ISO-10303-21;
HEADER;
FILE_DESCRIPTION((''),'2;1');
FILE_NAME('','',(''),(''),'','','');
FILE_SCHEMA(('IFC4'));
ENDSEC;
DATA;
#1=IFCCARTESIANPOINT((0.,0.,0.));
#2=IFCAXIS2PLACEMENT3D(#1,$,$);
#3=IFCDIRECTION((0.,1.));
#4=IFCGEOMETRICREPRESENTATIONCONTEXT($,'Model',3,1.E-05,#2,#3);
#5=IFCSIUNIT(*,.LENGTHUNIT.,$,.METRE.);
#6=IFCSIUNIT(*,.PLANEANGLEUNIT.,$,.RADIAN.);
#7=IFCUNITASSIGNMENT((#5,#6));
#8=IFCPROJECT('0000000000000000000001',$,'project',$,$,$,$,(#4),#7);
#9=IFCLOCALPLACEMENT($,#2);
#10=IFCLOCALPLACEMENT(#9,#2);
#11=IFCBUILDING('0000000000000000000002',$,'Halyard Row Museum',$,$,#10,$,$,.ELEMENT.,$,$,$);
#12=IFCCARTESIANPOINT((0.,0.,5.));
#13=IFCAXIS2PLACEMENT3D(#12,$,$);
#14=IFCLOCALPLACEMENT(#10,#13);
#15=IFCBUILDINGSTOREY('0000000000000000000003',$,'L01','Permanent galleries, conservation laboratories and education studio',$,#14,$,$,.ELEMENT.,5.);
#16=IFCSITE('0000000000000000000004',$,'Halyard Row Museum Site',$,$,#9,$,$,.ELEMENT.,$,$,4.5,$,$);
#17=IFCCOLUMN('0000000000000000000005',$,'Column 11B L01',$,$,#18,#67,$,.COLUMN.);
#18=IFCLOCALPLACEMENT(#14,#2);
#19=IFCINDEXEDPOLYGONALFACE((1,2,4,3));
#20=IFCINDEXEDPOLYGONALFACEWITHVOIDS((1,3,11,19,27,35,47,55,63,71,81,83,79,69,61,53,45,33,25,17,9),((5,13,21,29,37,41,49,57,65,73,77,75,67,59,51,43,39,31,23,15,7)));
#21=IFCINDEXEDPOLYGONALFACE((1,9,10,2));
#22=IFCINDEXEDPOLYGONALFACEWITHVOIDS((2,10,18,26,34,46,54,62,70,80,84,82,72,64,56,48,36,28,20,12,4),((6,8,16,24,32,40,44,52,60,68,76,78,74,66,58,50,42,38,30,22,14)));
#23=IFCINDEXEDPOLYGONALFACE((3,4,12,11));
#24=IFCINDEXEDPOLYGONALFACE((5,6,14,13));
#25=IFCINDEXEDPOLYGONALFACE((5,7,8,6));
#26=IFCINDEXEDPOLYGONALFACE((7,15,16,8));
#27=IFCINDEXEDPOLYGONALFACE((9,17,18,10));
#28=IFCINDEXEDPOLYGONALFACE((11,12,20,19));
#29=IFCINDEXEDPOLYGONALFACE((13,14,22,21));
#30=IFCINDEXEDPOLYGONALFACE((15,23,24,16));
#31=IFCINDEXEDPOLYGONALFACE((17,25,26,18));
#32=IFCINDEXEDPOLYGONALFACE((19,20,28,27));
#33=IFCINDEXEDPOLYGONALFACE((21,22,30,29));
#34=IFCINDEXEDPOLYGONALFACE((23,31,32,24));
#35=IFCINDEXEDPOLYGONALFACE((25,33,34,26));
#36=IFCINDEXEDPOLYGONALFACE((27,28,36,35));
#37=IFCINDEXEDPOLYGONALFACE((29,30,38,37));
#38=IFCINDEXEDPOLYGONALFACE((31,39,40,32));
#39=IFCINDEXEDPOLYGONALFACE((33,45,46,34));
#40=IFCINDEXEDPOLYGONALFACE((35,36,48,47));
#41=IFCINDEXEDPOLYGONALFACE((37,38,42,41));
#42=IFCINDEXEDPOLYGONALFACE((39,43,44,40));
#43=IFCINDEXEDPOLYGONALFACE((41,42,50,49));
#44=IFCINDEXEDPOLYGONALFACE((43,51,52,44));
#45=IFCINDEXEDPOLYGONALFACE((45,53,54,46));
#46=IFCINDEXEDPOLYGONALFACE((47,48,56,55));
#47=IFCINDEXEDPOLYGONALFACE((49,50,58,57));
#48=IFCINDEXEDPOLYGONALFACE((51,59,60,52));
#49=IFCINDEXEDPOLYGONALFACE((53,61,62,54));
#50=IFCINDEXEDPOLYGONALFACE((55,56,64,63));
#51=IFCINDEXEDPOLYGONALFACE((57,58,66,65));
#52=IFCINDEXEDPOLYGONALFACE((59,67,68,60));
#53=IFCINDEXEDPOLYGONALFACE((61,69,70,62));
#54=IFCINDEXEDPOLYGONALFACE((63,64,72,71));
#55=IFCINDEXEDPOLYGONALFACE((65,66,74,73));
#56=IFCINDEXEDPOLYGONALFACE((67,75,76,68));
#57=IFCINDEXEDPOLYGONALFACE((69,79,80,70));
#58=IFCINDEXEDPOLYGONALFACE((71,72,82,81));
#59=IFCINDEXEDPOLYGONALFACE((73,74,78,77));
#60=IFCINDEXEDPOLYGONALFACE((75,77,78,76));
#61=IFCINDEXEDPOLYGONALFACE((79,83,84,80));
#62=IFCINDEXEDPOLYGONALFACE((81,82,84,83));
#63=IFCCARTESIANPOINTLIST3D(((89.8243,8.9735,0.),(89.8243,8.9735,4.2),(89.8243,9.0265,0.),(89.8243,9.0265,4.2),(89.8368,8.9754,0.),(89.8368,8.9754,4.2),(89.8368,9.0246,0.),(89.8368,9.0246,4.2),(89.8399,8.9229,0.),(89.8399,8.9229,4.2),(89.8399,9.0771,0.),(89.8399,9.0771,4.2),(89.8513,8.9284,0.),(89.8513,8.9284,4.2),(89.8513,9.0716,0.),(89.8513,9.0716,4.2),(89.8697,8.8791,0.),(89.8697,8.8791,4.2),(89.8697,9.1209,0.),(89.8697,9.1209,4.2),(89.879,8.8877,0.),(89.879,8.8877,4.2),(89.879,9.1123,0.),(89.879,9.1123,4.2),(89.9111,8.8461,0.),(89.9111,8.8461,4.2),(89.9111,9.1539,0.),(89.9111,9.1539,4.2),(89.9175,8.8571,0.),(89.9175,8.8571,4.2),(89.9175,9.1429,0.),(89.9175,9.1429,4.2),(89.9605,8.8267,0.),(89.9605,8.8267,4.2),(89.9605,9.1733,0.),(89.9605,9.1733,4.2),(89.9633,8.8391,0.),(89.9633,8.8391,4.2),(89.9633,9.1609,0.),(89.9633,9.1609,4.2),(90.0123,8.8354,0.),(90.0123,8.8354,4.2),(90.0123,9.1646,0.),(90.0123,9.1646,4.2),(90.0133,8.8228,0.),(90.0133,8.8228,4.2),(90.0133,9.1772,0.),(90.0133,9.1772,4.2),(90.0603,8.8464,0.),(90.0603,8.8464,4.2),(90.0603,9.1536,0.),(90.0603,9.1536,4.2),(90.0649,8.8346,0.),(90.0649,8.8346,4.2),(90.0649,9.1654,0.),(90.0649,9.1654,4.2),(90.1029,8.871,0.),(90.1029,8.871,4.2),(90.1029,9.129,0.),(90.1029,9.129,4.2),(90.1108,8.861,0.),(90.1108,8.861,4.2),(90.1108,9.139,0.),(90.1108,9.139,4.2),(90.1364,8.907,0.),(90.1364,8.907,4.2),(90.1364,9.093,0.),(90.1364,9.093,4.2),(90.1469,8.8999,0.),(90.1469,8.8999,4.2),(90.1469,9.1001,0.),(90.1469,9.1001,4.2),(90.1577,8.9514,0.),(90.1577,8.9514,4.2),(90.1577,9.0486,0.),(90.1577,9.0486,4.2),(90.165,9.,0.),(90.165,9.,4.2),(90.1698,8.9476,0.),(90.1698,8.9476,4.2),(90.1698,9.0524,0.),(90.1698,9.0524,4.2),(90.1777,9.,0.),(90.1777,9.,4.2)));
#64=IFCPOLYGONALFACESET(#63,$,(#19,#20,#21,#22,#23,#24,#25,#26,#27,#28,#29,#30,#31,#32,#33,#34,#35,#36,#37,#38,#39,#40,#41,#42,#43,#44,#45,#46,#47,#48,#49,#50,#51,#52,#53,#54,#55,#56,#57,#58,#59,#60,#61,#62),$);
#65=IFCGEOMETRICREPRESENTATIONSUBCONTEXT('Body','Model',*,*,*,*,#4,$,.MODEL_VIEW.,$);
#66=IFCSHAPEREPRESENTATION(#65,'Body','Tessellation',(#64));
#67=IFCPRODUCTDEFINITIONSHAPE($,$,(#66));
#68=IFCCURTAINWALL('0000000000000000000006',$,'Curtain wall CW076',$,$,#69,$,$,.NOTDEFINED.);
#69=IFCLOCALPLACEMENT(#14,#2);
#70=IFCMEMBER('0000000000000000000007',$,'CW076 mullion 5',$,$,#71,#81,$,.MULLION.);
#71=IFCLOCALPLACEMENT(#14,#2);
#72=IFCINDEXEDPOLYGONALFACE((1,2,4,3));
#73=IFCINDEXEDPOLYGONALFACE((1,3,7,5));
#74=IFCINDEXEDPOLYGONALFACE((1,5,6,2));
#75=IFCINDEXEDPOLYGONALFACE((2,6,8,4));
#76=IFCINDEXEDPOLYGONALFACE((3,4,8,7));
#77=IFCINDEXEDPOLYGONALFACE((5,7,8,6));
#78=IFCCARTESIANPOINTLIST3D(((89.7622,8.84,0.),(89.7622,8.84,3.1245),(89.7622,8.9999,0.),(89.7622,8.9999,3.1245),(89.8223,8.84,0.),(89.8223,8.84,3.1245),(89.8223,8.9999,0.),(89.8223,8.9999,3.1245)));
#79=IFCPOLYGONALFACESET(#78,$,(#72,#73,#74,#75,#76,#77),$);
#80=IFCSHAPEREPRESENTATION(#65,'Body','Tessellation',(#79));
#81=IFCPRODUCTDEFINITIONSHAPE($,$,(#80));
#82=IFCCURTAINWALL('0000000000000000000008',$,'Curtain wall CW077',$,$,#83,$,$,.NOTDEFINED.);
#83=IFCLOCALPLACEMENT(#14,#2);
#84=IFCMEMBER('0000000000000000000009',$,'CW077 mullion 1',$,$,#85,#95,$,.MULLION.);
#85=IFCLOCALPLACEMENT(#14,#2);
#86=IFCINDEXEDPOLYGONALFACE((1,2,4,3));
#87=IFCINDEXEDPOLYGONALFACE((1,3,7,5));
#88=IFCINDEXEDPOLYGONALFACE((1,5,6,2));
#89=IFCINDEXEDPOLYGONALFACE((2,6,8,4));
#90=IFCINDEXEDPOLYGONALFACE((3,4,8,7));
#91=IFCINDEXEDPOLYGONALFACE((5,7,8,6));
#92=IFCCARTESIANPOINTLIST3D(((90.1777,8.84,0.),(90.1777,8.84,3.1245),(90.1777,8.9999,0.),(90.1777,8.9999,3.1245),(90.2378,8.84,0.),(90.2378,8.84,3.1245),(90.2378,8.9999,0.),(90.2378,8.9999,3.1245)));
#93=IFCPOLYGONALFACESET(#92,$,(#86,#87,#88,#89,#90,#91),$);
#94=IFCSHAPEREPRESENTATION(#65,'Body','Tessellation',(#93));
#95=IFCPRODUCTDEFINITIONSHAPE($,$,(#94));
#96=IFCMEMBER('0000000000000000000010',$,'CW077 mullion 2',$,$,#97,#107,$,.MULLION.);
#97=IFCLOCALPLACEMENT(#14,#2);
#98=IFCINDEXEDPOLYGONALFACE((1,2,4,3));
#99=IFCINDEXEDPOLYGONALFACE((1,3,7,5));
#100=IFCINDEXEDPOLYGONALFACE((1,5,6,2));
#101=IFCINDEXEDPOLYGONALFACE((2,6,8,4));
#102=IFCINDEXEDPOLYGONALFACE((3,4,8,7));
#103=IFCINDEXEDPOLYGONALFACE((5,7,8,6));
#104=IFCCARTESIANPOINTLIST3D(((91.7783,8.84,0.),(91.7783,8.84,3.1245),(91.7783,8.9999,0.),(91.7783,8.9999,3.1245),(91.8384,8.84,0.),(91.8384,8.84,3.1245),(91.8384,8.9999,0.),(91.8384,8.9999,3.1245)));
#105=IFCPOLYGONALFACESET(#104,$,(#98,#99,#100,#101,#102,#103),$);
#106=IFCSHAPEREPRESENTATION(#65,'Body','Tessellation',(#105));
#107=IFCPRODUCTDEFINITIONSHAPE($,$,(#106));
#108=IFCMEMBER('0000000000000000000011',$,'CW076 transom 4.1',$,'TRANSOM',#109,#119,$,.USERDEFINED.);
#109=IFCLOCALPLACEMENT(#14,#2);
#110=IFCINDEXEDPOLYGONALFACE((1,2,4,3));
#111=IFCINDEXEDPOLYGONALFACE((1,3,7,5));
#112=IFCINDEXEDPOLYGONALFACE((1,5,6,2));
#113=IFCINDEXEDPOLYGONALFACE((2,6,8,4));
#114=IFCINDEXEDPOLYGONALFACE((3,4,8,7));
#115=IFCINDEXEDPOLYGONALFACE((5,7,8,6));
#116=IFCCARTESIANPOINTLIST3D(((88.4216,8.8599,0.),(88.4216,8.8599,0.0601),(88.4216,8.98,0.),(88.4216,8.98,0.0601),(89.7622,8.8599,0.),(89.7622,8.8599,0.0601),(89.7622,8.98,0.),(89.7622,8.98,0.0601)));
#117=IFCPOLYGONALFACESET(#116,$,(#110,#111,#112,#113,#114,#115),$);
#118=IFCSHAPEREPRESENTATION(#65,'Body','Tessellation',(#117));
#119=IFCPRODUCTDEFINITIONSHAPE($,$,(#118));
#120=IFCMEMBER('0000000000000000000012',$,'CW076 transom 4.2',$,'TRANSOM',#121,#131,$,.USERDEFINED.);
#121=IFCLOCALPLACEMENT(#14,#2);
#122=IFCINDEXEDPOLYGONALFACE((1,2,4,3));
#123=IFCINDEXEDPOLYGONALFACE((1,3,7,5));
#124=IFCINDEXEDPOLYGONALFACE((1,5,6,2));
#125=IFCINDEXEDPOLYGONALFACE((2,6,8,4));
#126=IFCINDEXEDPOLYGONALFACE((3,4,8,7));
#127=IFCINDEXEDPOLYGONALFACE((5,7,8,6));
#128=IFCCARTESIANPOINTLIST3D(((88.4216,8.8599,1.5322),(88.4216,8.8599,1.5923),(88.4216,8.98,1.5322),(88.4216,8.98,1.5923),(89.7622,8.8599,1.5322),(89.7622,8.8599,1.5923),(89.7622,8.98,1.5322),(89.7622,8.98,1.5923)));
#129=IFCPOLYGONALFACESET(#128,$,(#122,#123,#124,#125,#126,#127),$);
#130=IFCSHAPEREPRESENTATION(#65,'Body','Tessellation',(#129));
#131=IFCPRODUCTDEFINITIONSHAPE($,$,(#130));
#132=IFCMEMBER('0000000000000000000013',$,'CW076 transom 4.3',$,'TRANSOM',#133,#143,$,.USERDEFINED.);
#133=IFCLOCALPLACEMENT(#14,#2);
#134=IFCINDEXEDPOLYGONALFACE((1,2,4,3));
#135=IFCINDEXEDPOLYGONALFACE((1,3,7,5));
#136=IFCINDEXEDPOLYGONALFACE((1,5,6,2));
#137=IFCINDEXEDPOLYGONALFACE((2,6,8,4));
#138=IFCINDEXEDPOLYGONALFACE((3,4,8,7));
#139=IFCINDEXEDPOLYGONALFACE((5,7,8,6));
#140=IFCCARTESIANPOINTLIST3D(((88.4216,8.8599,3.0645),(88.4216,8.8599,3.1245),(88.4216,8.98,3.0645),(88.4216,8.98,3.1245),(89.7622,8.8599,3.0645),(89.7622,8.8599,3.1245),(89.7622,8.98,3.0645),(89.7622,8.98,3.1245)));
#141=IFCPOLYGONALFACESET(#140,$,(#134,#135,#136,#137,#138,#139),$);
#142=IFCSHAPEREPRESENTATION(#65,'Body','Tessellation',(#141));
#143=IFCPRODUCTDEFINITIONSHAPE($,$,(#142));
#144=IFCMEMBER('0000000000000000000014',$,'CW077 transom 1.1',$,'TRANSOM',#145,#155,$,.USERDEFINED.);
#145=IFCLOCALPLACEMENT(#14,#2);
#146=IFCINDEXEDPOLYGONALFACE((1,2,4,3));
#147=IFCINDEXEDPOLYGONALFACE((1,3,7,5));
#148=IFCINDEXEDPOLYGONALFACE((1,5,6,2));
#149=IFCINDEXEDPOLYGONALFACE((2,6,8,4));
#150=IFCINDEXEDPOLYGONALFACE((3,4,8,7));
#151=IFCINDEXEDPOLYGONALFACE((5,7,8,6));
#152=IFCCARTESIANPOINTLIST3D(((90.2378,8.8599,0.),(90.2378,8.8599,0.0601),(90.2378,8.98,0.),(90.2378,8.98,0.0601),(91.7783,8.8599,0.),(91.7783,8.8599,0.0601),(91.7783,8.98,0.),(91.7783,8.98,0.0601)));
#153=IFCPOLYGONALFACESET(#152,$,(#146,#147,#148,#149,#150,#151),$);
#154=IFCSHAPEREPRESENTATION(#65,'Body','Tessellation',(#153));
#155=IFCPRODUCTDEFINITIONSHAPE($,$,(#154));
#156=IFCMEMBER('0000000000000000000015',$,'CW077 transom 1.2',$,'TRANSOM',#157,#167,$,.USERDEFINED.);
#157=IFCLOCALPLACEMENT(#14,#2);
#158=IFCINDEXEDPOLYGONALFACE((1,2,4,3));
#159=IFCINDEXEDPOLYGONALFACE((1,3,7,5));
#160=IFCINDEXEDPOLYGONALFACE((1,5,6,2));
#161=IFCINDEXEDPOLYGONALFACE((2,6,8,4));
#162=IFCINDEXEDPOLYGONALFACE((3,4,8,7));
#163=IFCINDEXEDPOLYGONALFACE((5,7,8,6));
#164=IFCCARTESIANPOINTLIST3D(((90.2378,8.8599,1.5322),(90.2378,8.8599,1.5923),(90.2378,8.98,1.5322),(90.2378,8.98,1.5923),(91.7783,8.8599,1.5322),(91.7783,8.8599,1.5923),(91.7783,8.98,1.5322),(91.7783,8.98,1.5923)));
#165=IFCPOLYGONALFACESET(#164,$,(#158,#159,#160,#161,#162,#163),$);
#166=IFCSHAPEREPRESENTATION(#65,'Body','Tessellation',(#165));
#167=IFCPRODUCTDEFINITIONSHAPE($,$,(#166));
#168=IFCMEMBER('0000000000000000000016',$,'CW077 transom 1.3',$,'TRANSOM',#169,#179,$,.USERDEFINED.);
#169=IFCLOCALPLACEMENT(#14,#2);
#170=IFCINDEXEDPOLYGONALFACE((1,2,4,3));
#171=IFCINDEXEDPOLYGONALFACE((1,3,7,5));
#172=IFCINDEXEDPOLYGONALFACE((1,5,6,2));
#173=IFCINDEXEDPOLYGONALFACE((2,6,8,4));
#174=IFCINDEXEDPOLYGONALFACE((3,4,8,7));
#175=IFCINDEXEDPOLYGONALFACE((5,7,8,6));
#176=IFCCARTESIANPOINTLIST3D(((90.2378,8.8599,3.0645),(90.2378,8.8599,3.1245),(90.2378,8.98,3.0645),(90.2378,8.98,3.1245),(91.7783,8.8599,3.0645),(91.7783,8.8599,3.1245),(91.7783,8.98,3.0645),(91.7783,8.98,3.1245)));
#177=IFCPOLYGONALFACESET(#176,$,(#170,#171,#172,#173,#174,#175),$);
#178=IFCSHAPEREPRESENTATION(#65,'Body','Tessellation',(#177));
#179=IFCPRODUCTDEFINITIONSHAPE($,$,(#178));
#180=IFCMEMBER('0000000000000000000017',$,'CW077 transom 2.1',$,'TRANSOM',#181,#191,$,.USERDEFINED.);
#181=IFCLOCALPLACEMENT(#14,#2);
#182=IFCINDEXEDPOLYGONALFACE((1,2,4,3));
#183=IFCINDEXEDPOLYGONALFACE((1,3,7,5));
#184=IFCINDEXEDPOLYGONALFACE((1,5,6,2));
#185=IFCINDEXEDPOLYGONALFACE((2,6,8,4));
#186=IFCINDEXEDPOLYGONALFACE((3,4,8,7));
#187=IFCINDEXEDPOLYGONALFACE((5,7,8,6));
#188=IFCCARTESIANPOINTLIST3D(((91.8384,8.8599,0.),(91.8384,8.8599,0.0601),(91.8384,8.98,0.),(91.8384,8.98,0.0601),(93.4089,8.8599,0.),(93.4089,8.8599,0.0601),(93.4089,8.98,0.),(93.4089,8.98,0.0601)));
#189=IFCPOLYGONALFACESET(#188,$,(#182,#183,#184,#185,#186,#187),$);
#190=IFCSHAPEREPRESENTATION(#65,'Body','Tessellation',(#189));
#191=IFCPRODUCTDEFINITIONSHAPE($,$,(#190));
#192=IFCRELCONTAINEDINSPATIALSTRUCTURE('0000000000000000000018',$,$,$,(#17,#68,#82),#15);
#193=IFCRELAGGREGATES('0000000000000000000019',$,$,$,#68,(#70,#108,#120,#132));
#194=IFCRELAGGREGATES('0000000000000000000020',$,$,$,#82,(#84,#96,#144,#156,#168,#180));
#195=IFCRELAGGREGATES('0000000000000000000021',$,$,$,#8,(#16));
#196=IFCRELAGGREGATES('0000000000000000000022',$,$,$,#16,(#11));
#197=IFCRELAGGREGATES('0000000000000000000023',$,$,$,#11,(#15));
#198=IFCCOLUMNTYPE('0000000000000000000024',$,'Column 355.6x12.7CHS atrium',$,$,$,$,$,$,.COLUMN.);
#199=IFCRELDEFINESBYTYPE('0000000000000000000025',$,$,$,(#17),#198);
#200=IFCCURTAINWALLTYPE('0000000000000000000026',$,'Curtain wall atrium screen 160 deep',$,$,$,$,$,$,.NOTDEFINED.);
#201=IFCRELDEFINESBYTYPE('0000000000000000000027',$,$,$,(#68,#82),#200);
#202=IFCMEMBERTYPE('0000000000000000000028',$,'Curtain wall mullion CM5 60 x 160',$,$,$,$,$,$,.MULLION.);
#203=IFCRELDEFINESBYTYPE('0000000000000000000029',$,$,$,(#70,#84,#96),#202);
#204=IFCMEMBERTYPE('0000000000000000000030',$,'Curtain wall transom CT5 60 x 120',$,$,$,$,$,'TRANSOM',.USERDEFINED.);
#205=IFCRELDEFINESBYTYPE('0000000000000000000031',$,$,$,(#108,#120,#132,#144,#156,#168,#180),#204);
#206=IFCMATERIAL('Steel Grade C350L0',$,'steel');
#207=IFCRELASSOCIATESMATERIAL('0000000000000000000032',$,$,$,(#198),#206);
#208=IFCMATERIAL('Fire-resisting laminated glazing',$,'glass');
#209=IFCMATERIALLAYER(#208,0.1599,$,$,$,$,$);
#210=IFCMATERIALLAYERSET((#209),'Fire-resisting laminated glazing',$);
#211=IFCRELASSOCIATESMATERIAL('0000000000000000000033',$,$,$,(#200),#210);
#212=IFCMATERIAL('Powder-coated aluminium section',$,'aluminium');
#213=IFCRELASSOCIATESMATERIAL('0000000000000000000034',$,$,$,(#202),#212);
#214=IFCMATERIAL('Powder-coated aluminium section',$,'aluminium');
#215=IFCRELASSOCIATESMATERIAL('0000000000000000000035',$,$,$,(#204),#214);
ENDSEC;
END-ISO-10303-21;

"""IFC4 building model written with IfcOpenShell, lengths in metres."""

from ifc_helpers import new_model, si_unit, direction, frame, origin, origin_2d, place, context, subcontext, project, spatial, rectangle, hollow_circle, extrude, material, layer, layer_set, material_profile, profile_set, type_object, element, aggregate, save


model = new_model("IFC4")

# Units and contexts
model_context = context("Model", 3, precision=1e-05, world=origin(), true_north=direction((0.0, 1.0)))
body_context = subcontext(model_context, "Body", "Model", "MODEL_VIEW")
ifc_project = project(units=[si_unit("LENGTHUNIT", "METRE"), si_unit("PLANEANGLEUNIT", "RADIAN")], contexts=[model_context])

# Site, building, storey
site_placement = place(None, origin())
site = spatial("IfcSite", under=ifc_project, at=site_placement, Name="Halyard Row Museum Site", CompositionType="ELEMENT", RefElevation=4.5)
building_placement = place(site_placement, origin())
building = spatial("IfcBuilding", under=site, at=building_placement, Name="Halyard Row Museum", CompositionType="ELEMENT")
storey_placement = place(building_placement, frame((0.0, 0.0, 5.0)))
storey = spatial("IfcBuildingStorey", under=building, at=storey_placement, Name="L01", Description="Permanent galleries, conservation laboratories and education studio", CompositionType="ELEMENT", Elevation=5.0)

# Column
ifc_material_1 = material(Name="Steel Grade C350L0", Category="steel")
ifc_material_profile_1 = material_profile(ifc_material_1, hollow_circle(Radius=0.1777, WallThickness=0.0127, at=origin_2d()), Name="355.6x12.7CHS")
ifc_profile_set_1 = profile_set([ifc_material_profile_1], Name="Steel Grade C350L0")
column_type = type_object("IfcColumnType", Name="Column 355.6x12.7CHS atrium", PredefinedType="COLUMN", material=ifc_profile_set_1)
column_placement = place(storey_placement, frame((90.0, 9.0, 0.0), z_axis=(0.0, 0.0, 1.0), x_axis=(1.0, 0.0, 0.0)))
element("IfcColumn", 1, at=column_placement, inside=storey, type_object=column_type, Name="Column 11B L01", PredefinedType="COLUMN", context=body_context, shape_type="SweptSolid", body=[
    extrude(hollow_circle(Radius=0.1777, WallThickness=0.0127, at=origin_2d()), origin(), (0.0, 0.0, 1.0), 4.2),
])

# Curtain wall, member
ifc_material_2 = material(Name="Fire-resisting laminated glazing", Category="glass")
ifc_layer_1 = layer(ifc_material_2, 0.1599)
ifc_layer_set_1 = layer_set([ifc_layer_1], Name="Fire-resisting laminated glazing")
curtain_wall_type = type_object("IfcCurtainWallType", Name="Curtain wall atrium screen 160 deep", PredefinedType="NOTDEFINED", material=ifc_layer_set_1)
curtain_wall_1_placement = place(storey_placement, origin())
curtain_wall_1 = element("IfcCurtainWall", 2, at=curtain_wall_1_placement, inside=storey, type_object=curtain_wall_type, Name="Curtain wall CW076", PredefinedType="NOTDEFINED")
ifc_material_3 = material(Name="Powder-coated aluminium section", Category="aluminium")
ifc_material_profile_2 = material_profile(ifc_material_3, rectangle(XDim=0.1599, YDim=0.0601, at=origin_2d()), Name="160x60 mullion")
ifc_profile_set_2 = profile_set([ifc_material_profile_2], Name="Powder-coated aluminium section")
member_type_1 = type_object("IfcMemberType", Name="Curtain wall mullion CM5 60 x 160", PredefinedType="MULLION", material=ifc_profile_set_2)
member_1_placement = place(storey_placement, frame((89.7922, 8.9199, 0.0), z_axis=(0.0, 0.0, 1.0), x_axis=(0.0, 1.0, 0.0)))
member_1 = element("IfcMember", 3, at=member_1_placement, type_object=member_type_1, Name="CW076 mullion 5", PredefinedType="MULLION", context=body_context, shape_type="SweptSolid", body=[
    extrude(rectangle(XDim=0.1599, YDim=0.0601, at=origin_2d()), origin(), (0.0, 0.0, 1.0), 3.1245),
])

# Curtain wall, members
curtain_wall_2_placement = place(storey_placement, origin())
curtain_wall_2 = element("IfcCurtainWall", 4, at=curtain_wall_2_placement, inside=storey, type_object=curtain_wall_type, Name="Curtain wall CW077", PredefinedType="NOTDEFINED")
member_2_placement = place(storey_placement, frame((90.2078, 8.9199, 0.0), z_axis=(0.0, 0.0, 1.0), x_axis=(0.0, 1.0, 0.0)))
member_2 = element("IfcMember", 5, at=member_2_placement, type_object=member_type_1, Name="CW077 mullion 1", PredefinedType="MULLION", context=body_context, shape_type="SweptSolid", body=[
    extrude(rectangle(XDim=0.1599, YDim=0.0601, at=origin_2d()), origin(), (0.0, 0.0, 1.0), 3.1245),
])
member_3_placement = place(storey_placement, frame((91.8083, 8.9199, 0.0), z_axis=(0.0, 0.0, 1.0), x_axis=(0.0, 1.0, 0.0)))
member_3 = element("IfcMember", 6, at=member_3_placement, type_object=member_type_1, Name="CW077 mullion 2", PredefinedType="MULLION", context=body_context, shape_type="SweptSolid", body=[
    extrude(rectangle(XDim=0.1599, YDim=0.0601, at=origin_2d()), origin(), (0.0, 0.0, 1.0), 3.1245),
])

# Members
ifc_material_4 = material(Name="Powder-coated aluminium section", Category="aluminium")
ifc_material_profile_3 = material_profile(ifc_material_4, rectangle(XDim=0.1201, YDim=0.0601, at=origin_2d()), Name="120x60 transom")
ifc_profile_set_3 = profile_set([ifc_material_profile_3], Name="Powder-coated aluminium section")
member_type_2 = type_object("IfcMemberType", Name="Curtain wall transom CT5 60 x 120", ElementType="TRANSOM", PredefinedType="USERDEFINED", material=ifc_profile_set_3)
member_4_placement = place(storey_placement, frame((88.4216, 8.9199, 0.03), z_axis=(1.0, 0.0, 0.0), x_axis=(0.0, 1.0, 0.0)))
member_4 = element("IfcMember", 7, at=member_4_placement, type_object=member_type_2, Name="CW076 transom 4.1", ObjectType="TRANSOM", PredefinedType="USERDEFINED", context=body_context, shape_type="SweptSolid", body=[
    extrude(rectangle(XDim=0.1201, YDim=0.0601, at=origin_2d()), origin(), (0.0, 0.0, 1.0), 1.3406),
])
member_5_placement = place(storey_placement, frame((88.4216, 8.9199, 1.5623), z_axis=(1.0, 0.0, 0.0), x_axis=(0.0, 1.0, 0.0)))
member_5 = element("IfcMember", 8, at=member_5_placement, type_object=member_type_2, Name="CW076 transom 4.2", ObjectType="TRANSOM", PredefinedType="USERDEFINED", context=body_context, shape_type="SweptSolid", body=[
    extrude(rectangle(XDim=0.1201, YDim=0.0601, at=origin_2d()), origin(), (0.0, 0.0, 1.0), 1.3406),
])
member_6_placement = place(storey_placement, frame((88.4216, 8.9199, 3.0945), z_axis=(1.0, 0.0, 0.0), x_axis=(0.0, 1.0, 0.0)))
member_6 = element("IfcMember", 9, at=member_6_placement, type_object=member_type_2, Name="CW076 transom 4.3", ObjectType="TRANSOM", PredefinedType="USERDEFINED", context=body_context, shape_type="SweptSolid", body=[
    extrude(rectangle(XDim=0.1201, YDim=0.0601, at=origin_2d()), origin(), (0.0, 0.0, 1.0), 1.3406),
])
member_7_placement = place(storey_placement, frame((90.2378, 8.9199, 0.03), z_axis=(1.0, 0.0, 0.0), x_axis=(0.0, 1.0, 0.0)))
member_7 = element("IfcMember", 10, at=member_7_placement, type_object=member_type_2, Name="CW077 transom 1.1", ObjectType="TRANSOM", PredefinedType="USERDEFINED", context=body_context, shape_type="SweptSolid", body=[
    extrude(rectangle(XDim=0.1201, YDim=0.0601, at=origin_2d()), origin(), (0.0, 0.0, 1.0), 1.5405),
])
member_8_placement = place(storey_placement, frame((90.2378, 8.9199, 1.5623), z_axis=(1.0, 0.0, 0.0), x_axis=(0.0, 1.0, 0.0)))
member_8 = element("IfcMember", 11, at=member_8_placement, type_object=member_type_2, Name="CW077 transom 1.2", ObjectType="TRANSOM", PredefinedType="USERDEFINED", context=body_context, shape_type="SweptSolid", body=[
    extrude(rectangle(XDim=0.1201, YDim=0.0601, at=origin_2d()), origin(), (0.0, 0.0, 1.0), 1.5405),
])
member_9_placement = place(storey_placement, frame((90.2378, 8.9199, 3.0945), z_axis=(1.0, 0.0, 0.0), x_axis=(0.0, 1.0, 0.0)))
member_9 = element("IfcMember", 12, at=member_9_placement, type_object=member_type_2, Name="CW077 transom 1.3", ObjectType="TRANSOM", PredefinedType="USERDEFINED", context=body_context, shape_type="SweptSolid", body=[
    extrude(rectangle(XDim=0.1201, YDim=0.0601, at=origin_2d()), origin(), (0.0, 0.0, 1.0), 1.5405),
])
member_10_placement = place(storey_placement, frame((91.8384, 8.9199, 0.03), z_axis=(1.0, 0.0, 0.0), x_axis=(0.0, 1.0, 0.0)))
member_10 = element("IfcMember", 13, at=member_10_placement, type_object=member_type_2, Name="CW077 transom 2.1", ObjectType="TRANSOM", PredefinedType="USERDEFINED", context=body_context, shape_type="SweptSolid", body=[
    extrude(rectangle(XDim=0.1201, YDim=0.0601, at=origin_2d()), origin(), (0.0, 0.0, 1.0), 1.5706),
])

aggregate(curtain_wall_1, [member_1, member_4, member_5, member_6])
aggregate(curtain_wall_2, [member_2, member_3, member_7, member_8, member_9, member_10])

save(model, "model.ifc")
